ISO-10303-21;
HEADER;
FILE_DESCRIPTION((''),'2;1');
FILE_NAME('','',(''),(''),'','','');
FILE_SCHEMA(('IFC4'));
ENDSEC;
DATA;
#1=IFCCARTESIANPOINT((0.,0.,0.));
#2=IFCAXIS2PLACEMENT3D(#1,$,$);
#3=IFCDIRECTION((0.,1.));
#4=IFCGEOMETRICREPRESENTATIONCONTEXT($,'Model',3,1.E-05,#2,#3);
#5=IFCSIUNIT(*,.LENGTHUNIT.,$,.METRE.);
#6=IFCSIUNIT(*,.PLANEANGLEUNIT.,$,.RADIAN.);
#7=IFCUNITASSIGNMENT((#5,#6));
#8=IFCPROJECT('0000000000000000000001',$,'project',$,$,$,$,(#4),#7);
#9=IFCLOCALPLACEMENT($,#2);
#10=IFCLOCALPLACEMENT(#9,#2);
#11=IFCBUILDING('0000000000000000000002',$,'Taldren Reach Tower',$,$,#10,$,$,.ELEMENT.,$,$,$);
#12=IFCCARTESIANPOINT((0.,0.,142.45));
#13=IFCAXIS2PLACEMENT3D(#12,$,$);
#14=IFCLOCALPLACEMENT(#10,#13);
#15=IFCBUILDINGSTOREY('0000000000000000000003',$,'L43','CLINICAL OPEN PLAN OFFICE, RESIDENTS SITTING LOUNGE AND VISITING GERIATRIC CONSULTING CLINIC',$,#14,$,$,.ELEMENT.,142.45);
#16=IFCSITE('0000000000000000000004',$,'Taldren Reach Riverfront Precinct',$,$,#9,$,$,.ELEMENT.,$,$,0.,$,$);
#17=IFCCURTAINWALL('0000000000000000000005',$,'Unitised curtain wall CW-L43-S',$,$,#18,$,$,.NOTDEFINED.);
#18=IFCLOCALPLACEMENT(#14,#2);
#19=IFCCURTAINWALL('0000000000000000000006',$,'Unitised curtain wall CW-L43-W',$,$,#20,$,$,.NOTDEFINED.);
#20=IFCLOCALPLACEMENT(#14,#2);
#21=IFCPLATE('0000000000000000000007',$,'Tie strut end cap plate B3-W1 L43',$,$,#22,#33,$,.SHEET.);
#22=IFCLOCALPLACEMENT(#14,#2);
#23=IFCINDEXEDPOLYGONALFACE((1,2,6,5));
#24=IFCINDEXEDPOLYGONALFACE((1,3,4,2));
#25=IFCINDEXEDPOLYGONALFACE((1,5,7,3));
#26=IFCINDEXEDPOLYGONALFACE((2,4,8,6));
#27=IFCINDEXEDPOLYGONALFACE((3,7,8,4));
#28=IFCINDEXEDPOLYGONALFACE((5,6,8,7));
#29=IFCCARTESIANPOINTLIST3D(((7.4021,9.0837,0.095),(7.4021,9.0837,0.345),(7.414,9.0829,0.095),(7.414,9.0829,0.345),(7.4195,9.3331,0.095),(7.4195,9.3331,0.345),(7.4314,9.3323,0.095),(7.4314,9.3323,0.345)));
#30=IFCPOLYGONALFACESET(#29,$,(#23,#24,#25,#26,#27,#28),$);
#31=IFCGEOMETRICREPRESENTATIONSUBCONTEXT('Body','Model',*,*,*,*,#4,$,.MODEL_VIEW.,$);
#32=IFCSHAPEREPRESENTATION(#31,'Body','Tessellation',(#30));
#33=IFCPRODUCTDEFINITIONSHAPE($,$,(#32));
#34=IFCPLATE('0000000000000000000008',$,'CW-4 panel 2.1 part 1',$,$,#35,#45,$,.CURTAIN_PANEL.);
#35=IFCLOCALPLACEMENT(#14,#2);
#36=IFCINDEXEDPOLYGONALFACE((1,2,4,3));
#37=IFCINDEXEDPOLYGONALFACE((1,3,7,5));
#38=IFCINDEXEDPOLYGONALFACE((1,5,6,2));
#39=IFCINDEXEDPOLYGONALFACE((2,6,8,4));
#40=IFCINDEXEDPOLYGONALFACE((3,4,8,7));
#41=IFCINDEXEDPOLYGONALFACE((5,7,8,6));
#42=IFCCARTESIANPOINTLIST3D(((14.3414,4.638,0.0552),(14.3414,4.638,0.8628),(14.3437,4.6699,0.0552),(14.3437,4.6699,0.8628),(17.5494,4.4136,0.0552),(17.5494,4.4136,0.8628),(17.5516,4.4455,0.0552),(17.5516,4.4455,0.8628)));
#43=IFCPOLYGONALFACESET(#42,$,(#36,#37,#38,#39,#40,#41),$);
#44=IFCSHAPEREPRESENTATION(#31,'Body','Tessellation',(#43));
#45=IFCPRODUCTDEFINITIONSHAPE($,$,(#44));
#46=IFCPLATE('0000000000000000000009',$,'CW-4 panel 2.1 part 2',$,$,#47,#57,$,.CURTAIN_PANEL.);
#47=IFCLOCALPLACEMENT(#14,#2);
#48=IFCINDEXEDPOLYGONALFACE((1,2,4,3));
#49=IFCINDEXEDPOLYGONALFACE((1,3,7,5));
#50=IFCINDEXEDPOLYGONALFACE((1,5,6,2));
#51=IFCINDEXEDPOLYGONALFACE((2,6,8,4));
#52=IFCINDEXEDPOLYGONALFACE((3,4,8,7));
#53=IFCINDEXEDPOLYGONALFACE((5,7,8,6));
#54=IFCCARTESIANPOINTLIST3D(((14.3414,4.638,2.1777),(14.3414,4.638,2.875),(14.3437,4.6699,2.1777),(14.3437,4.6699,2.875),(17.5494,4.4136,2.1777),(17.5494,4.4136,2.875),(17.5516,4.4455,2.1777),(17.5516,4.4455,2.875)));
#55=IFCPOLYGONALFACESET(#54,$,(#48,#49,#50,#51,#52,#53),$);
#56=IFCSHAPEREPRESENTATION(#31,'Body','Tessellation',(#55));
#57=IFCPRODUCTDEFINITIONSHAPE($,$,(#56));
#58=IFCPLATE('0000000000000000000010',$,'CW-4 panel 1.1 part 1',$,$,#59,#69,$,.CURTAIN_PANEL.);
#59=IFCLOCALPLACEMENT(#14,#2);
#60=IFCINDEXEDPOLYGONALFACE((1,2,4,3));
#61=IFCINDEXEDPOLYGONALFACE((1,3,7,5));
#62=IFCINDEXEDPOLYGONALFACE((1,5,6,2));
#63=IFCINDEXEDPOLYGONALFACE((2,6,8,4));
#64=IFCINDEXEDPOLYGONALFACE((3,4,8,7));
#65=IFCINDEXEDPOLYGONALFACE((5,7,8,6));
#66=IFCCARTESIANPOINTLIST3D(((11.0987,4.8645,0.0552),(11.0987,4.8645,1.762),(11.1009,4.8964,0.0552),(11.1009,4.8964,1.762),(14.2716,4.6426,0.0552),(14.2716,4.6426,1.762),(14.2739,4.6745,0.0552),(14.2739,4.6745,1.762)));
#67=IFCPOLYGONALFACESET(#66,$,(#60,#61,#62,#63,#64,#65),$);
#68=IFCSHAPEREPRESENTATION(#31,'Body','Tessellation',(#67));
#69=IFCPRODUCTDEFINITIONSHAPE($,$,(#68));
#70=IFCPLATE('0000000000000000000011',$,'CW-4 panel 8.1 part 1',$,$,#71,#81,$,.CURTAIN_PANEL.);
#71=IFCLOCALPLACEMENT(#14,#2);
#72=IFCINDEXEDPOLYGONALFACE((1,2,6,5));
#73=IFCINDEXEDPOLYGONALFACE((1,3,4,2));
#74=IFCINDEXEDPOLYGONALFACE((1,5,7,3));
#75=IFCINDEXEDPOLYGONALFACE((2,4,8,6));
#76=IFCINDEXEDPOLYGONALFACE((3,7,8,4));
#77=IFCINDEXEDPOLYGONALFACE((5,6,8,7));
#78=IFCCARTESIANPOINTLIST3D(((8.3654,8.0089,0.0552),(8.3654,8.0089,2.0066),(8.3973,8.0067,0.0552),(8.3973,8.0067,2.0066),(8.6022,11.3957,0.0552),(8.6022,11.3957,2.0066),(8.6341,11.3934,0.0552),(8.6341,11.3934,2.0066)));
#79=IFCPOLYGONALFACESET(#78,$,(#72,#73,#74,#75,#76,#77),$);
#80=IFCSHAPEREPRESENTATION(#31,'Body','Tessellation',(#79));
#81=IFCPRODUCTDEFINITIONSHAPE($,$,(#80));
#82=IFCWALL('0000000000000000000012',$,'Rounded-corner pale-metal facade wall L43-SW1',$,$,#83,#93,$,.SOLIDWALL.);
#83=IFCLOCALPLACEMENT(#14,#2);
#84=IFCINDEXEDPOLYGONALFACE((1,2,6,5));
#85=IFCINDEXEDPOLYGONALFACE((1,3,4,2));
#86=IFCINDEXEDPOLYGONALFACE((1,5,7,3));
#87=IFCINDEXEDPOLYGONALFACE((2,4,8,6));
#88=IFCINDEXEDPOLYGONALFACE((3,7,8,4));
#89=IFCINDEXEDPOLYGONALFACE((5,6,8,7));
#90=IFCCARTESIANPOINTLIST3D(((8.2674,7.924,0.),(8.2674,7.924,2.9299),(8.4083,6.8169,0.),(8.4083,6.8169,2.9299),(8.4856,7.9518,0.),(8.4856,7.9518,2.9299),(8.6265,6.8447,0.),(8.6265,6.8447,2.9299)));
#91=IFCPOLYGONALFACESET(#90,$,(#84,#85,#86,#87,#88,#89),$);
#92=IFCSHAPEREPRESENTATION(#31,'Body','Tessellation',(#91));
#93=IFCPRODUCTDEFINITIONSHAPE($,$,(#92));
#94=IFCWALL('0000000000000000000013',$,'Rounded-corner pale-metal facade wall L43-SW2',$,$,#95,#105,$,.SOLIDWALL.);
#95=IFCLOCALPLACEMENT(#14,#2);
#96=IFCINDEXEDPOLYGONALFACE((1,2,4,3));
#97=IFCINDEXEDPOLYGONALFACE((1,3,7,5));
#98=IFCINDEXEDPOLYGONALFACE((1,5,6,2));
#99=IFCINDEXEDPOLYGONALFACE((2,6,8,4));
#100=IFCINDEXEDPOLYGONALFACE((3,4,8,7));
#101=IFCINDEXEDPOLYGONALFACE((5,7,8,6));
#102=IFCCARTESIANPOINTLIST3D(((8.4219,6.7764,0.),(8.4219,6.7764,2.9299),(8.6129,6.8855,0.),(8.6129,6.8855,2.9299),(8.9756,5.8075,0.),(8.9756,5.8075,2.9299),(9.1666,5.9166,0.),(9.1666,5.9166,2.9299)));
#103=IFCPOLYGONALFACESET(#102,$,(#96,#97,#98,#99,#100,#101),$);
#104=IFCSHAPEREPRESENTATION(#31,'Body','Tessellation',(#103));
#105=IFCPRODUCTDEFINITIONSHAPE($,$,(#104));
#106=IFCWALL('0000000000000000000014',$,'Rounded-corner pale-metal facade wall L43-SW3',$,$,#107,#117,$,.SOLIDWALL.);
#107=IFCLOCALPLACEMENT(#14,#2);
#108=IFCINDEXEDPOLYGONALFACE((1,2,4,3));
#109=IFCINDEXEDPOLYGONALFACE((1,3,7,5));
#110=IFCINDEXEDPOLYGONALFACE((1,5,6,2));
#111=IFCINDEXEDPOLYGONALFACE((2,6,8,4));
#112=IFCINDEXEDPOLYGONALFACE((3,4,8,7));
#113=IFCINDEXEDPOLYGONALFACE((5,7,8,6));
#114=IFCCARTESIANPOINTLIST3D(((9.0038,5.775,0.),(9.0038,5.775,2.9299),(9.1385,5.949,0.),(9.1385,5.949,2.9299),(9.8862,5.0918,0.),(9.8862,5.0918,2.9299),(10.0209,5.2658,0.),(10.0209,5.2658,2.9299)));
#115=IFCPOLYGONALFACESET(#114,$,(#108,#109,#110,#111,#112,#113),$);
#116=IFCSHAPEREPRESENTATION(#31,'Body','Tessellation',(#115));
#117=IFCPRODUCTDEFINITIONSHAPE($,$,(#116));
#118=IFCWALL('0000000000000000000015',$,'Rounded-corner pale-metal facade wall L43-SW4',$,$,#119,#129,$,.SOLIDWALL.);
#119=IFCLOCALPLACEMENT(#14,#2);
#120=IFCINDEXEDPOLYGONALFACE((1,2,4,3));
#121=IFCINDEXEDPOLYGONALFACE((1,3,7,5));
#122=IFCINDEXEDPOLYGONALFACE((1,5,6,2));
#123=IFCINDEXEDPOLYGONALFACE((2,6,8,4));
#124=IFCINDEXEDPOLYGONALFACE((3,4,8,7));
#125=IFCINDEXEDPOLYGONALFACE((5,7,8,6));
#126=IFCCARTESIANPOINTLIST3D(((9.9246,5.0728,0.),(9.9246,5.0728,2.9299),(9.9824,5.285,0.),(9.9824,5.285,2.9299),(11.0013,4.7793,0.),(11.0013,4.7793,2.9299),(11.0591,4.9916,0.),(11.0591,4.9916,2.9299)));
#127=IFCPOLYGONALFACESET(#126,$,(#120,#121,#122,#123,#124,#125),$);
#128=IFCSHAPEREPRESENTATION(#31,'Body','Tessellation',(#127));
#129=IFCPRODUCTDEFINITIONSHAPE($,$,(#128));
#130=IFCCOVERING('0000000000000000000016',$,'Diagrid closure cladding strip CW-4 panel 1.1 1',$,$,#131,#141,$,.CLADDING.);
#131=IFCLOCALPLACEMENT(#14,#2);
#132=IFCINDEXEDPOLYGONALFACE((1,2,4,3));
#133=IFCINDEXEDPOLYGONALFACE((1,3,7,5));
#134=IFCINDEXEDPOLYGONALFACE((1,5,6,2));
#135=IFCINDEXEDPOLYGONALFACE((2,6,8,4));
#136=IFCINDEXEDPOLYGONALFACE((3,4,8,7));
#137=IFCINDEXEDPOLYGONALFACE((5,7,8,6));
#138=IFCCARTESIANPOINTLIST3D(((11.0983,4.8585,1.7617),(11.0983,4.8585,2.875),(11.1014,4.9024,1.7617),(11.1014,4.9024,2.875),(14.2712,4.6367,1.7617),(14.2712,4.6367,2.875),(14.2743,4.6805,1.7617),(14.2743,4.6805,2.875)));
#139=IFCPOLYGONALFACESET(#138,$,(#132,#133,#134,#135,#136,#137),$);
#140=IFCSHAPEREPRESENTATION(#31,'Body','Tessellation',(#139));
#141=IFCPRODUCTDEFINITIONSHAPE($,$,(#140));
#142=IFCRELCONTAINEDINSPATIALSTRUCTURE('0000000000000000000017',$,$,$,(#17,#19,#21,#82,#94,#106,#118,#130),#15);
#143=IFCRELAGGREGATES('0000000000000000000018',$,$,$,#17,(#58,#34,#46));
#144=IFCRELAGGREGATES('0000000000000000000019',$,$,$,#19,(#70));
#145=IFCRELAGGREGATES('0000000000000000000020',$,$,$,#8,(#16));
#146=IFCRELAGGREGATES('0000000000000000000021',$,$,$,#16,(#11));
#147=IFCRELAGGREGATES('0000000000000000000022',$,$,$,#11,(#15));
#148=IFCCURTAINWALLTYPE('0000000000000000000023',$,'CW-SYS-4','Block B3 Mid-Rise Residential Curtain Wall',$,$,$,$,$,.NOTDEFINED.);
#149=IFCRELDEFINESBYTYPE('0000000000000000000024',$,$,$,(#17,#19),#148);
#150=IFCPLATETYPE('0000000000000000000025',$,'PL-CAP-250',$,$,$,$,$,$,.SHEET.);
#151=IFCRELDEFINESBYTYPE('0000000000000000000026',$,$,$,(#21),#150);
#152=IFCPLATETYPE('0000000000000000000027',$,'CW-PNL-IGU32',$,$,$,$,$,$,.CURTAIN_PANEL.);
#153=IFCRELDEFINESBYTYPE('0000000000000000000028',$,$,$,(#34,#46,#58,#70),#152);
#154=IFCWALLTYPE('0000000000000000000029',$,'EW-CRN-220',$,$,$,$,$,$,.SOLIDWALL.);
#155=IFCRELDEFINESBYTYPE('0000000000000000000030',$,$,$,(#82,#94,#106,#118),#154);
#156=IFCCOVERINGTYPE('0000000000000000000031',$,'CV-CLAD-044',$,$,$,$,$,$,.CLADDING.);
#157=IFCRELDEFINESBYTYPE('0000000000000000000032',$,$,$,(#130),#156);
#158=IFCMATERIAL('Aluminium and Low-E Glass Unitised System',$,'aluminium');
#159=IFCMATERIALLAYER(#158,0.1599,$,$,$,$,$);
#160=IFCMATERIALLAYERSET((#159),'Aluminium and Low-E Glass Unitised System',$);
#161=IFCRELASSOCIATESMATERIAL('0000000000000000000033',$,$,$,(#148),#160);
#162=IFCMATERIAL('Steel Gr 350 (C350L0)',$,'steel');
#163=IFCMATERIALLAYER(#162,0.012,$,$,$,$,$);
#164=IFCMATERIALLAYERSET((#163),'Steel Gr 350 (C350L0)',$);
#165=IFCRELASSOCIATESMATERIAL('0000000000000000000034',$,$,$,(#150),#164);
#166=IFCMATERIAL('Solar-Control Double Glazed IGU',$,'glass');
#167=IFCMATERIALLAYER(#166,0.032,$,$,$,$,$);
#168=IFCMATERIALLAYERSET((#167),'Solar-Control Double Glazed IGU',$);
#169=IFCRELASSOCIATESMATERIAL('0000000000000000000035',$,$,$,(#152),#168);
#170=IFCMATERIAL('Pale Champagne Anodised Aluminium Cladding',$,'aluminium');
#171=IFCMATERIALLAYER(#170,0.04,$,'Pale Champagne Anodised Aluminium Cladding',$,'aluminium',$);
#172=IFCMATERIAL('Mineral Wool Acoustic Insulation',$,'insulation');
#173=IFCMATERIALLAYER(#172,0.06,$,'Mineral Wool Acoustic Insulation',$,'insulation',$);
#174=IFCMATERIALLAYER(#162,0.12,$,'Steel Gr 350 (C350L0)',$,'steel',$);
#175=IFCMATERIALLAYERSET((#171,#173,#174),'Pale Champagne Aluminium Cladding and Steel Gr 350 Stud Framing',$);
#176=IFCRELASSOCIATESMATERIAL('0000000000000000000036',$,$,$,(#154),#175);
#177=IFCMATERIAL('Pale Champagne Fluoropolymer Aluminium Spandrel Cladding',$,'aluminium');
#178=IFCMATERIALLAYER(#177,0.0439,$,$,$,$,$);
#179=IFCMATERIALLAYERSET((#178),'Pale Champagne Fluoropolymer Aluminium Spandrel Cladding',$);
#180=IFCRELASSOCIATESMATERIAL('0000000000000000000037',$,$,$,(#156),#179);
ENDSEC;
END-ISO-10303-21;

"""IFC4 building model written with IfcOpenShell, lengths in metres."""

from ifc_helpers import new_model, si_unit, direction, frame, frame_2d, origin, origin_2d, place, context, subcontext, project, spatial, rectangle, extrude, source, transform, mapped, material, layer, layer_set, type_object, element, aggregate, save


model = new_model("IFC4")

# Units and contexts
model_context = context("Model", 3, precision=1e-05, world=origin(), true_north=direction((0.0, 1.0)))
body_context = subcontext(model_context, "Body", "Model", "MODEL_VIEW")
ifc_project = project(units=[si_unit("LENGTHUNIT", "METRE"), si_unit("PLANEANGLEUNIT", "RADIAN")], contexts=[model_context])

# Site, building, storey
site_placement = place(None, origin())
site = spatial("IfcSite", under=ifc_project, at=site_placement, Name="Taldren Reach Riverfront Precinct", CompositionType="ELEMENT", RefElevation=0.0)
building_placement = place(site_placement, origin())
building = spatial("IfcBuilding", under=site, at=building_placement, Name="Taldren Reach Tower", CompositionType="ELEMENT")
storey_placement = place(building_placement, frame((0.0, 0.0, 142.45)))
storey = spatial("IfcBuildingStorey", under=building, at=storey_placement, Name="L43", Description="CLINICAL OPEN PLAN OFFICE, RESIDENTS SITTING LOUNGE AND VISITING GERIATRIC CONSULTING CLINIC", CompositionType="ELEMENT", Elevation=142.45)

# Shared definitions
ifc_material_1 = material(Name="Steel Gr 350 (C350L0)", Category="steel")

# Curtain wall
ifc_material_2 = material(Name="Aluminium and Low-E Glass Unitised System", Category="aluminium")
ifc_layer_1 = layer(ifc_material_2, 0.1599)
ifc_layer_set_1 = layer_set([ifc_layer_1], Name="Aluminium and Low-E Glass Unitised System")
curtain_wall_type = type_object("IfcCurtainWallType", Name="CW-SYS-4", Description="Block B3 Mid-Rise Residential Curtain Wall", PredefinedType="NOTDEFINED", material=ifc_layer_set_1)
curtain_wall_1_placement = place(storey_placement, origin())
curtain_wall_1 = element("IfcCurtainWall", 1, at=curtain_wall_1_placement, inside=storey, type_object=curtain_wall_type, Name="Unitised curtain wall CW-L43-S", PredefinedType="NOTDEFINED")

# Curtain wall
curtain_wall_2_placement = place(storey_placement, origin())
curtain_wall_2 = element("IfcCurtainWall", 2, at=curtain_wall_2_placement, inside=storey, type_object=curtain_wall_type, Name="Unitised curtain wall CW-L43-W", PredefinedType="NOTDEFINED")

# Plate
ifc_layer_2 = layer(ifc_material_1, 0.012)
ifc_layer_set_2 = layer_set([ifc_layer_2], Name="Steel Gr 350 (C350L0)")
plate_type_1 = type_object("IfcPlateType", Name="PL-CAP-250", PredefinedType="SHEET", material=ifc_layer_set_2)
shared_shape_1 = source(origin(), body_context, "Body", "SweptSolid", [
    extrude(rectangle(XDim=0.012, YDim=0.25, at=origin_2d()), origin(), (0.0, 0.0, 1.0), 0.25),
])
plate_1_placement = place(storey_placement, frame((7.4167, 9.208, 0.095), z_axis=(0.0, 0.0, 1.0), x_axis=(0.997564, -0.069756, 0.0)))
element("IfcPlate", 3, at=plate_1_placement, inside=storey, type_object=plate_type_1, Name="Tie strut end cap plate B3-W1 L43", PredefinedType="SHEET", context=body_context, shape_type="MappedRepresentation", body=[
    mapped(shared_shape_1, transform((0.0, 0.0, 0.0), scale=1.0)),
])

# Plates
ifc_material_3 = material(Name="Solar-Control Double Glazed IGU", Category="glass")
ifc_layer_3 = layer(ifc_material_3, 0.032)
ifc_layer_set_3 = layer_set([ifc_layer_3], Name="Solar-Control Double Glazed IGU")
plate_type_2 = type_object("IfcPlateType", Name="CW-PNL-IGU32", PredefinedType="CURTAIN_PANEL", material=ifc_layer_set_3)
shared_shape_2 = source(origin(), body_context, "Body", "SweptSolid", [
    extrude(rectangle(XDim=3.2158, YDim=0.032, at=origin_2d()), origin(), (0.0, 0.0, 1.0), 0.8076),
])
plate_2_placement = place(storey_placement, frame((15.9465, 4.5417, 0.0552), z_axis=(0.0, 0.0, 1.0), x_axis=(0.997564, -0.069757, 0.0)))
plate_2 = element("IfcPlate", 4, at=plate_2_placement, type_object=plate_type_2, Name="CW-4 panel 2.1 part 1", PredefinedType="CURTAIN_PANEL", context=body_context, shape_type="MappedRepresentation", body=[
    mapped(shared_shape_2, transform((0.0, 0.0, 0.0), scale=1.0)),
])
shared_shape_3 = source(origin(), body_context, "Body", "SweptSolid", [
    extrude(rectangle(XDim=3.2158, YDim=0.032, at=origin_2d()), origin(), (0.0, 0.0, 1.0), 0.6973),
])
plate_3_placement = place(storey_placement, frame((15.9465, 4.5417, 2.1777), z_axis=(0.0, 0.0, 1.0), x_axis=(0.997564, -0.069757, 0.0)))
plate_3 = element("IfcPlate", 5, at=plate_3_placement, type_object=plate_type_2, Name="CW-4 panel 2.1 part 2", PredefinedType="CURTAIN_PANEL", context=body_context, shape_type="MappedRepresentation", body=[
    mapped(shared_shape_3, transform((0.0, 0.0, 0.0), scale=1.0)),
])
shared_shape_4 = source(origin(), body_context, "Body", "SweptSolid", [
    extrude(rectangle(XDim=3.1807, YDim=0.032, at=origin_2d()), origin(), (0.0, 0.0, 1.0), 1.7068),
])
plate_4_placement = place(storey_placement, frame((12.6863, 4.7695, 0.0552), z_axis=(0.0, 0.0, 1.0), x_axis=(0.997564, -0.069757, 0.0)))
plate_4 = element("IfcPlate", 6, at=plate_4_placement, type_object=plate_type_2, Name="CW-4 panel 1.1 part 1", PredefinedType="CURTAIN_PANEL", context=body_context, shape_type="MappedRepresentation", body=[
    mapped(shared_shape_4, transform((0.0, 0.0, 0.0), scale=1.0)),
])
aggregate(curtain_wall_1, [plate_4, plate_2, plate_3])
shared_shape_5 = source(origin(), body_context, "Body", "SweptSolid", [
    extrude(rectangle(XDim=3.395, YDim=0.032, at=origin_2d()), origin(), (0.0, 0.0, 1.0), 1.9514),
])
plate_5_placement = place(storey_placement, frame((8.4998, 9.7012, 0.0552), z_axis=(0.0, 0.0, 1.0), x_axis=(-0.069756, -0.997564, 0.0)))
plate_5 = element("IfcPlate", 7, at=plate_5_placement, type_object=plate_type_2, Name="CW-4 panel 8.1 part 1", PredefinedType="CURTAIN_PANEL", context=body_context, shape_type="MappedRepresentation", body=[
    mapped(shared_shape_5, transform((0.0, 0.0, 0.0), scale=1.0)),
])
aggregate(curtain_wall_2, [plate_5])

# Walls
ifc_material_4 = material(Name="Pale Champagne Anodised Aluminium Cladding", Category="aluminium")
ifc_layer_4 = layer(ifc_material_4, 0.04, Name="Pale Champagne Anodised Aluminium Cladding", Category="aluminium")
ifc_material_5 = material(Name="Mineral Wool Acoustic Insulation", Category="insulation")
ifc_layer_5 = layer(ifc_material_5, 0.06, Name="Mineral Wool Acoustic Insulation", Category="insulation")
ifc_layer_6 = layer(ifc_material_1, 0.12, Name="Steel Gr 350 (C350L0)", Category="steel")
ifc_layer_set_4 = layer_set([ifc_layer_4, ifc_layer_5, ifc_layer_6], Name="Pale Champagne Aluminium Cladding and Steel Gr 350 Stud Framing")
wall_type = type_object("IfcWallType", Name="EW-CRN-220", PredefinedType="SOLIDWALL", material=ifc_layer_set_4)
shared_shape_6 = source(origin(), body_context, "Body", "SweptSolid", [
    extrude(rectangle(XDim=1.116, YDim=0.22, at=frame_2d((0.5581, 0.0))), origin(), (0.0, 0.0, 1.0), 2.9299),
])
for number, where, z_axis, x_axis, name in (
    (8, (8.3765, 7.938, 0.0), (0.0, 0.0, 1.0), (0.126243, -0.991999, 0.0), "Rounded-corner pale-metal facade wall L43-SW1"),
    (9, (8.5173, 6.8311, 0.0), (0.0, 0.0, 1.0), (0.496139, -0.868243, 0.0), "Rounded-corner pale-metal facade wall L43-SW2"),
    (10, (9.071, 5.8621, 0.0), (0.0, 0.0, 1.0), (0.790717, -0.612182, 0.0), "Rounded-corner pale-metal facade wall L43-SW3"),
    (11, (9.9534, 5.179, 0.0), (0.0, 0.0, 1.0), (0.964804, -0.262969, 0.0), "Rounded-corner pale-metal facade wall L43-SW4"),
):
    element("IfcWall", number, at=place(storey_placement, frame(where, z_axis=z_axis, x_axis=x_axis)), inside=storey, type_object=wall_type, Name=name, PredefinedType="SOLIDWALL", context=body_context, shape_type="MappedRepresentation", body=[
        mapped(shared_shape_6, transform((0.0, 0.0, 0.0), scale=1.0)),
    ])

# Covering
ifc_material_6 = material(Name="Pale Champagne Fluoropolymer Aluminium Spandrel Cladding", Category="aluminium")
ifc_layer_7 = layer(ifc_material_6, 0.0439)
ifc_layer_set_5 = layer_set([ifc_layer_7], Name="Pale Champagne Fluoropolymer Aluminium Spandrel Cladding")
covering_type = type_object("IfcCoveringType", Name="CV-CLAD-044", PredefinedType="CLADDING", material=ifc_layer_set_5)
shared_shape_7 = source(origin(), body_context, "Body", "SweptSolid", [
    extrude(rectangle(XDim=3.1807, YDim=0.0439, at=origin_2d()), origin(), (0.0, 0.0, 1.0), 1.1133),
])
covering_placement = place(storey_placement, frame((12.6863, 4.7695, 1.7617), z_axis=(0.0, 0.0, 1.0), x_axis=(0.997564, -0.069757, 0.0)))
element("IfcCovering", 12, at=covering_placement, inside=storey, type_object=covering_type, Name="Diagrid closure cladding strip CW-4 panel 1.1 1", PredefinedType="CLADDING", context=body_context, shape_type="MappedRepresentation", body=[
    mapped(shared_shape_7, transform((0.0, 0.0, 0.0), scale=1.0)),
])

save(model, "model.ifc")
